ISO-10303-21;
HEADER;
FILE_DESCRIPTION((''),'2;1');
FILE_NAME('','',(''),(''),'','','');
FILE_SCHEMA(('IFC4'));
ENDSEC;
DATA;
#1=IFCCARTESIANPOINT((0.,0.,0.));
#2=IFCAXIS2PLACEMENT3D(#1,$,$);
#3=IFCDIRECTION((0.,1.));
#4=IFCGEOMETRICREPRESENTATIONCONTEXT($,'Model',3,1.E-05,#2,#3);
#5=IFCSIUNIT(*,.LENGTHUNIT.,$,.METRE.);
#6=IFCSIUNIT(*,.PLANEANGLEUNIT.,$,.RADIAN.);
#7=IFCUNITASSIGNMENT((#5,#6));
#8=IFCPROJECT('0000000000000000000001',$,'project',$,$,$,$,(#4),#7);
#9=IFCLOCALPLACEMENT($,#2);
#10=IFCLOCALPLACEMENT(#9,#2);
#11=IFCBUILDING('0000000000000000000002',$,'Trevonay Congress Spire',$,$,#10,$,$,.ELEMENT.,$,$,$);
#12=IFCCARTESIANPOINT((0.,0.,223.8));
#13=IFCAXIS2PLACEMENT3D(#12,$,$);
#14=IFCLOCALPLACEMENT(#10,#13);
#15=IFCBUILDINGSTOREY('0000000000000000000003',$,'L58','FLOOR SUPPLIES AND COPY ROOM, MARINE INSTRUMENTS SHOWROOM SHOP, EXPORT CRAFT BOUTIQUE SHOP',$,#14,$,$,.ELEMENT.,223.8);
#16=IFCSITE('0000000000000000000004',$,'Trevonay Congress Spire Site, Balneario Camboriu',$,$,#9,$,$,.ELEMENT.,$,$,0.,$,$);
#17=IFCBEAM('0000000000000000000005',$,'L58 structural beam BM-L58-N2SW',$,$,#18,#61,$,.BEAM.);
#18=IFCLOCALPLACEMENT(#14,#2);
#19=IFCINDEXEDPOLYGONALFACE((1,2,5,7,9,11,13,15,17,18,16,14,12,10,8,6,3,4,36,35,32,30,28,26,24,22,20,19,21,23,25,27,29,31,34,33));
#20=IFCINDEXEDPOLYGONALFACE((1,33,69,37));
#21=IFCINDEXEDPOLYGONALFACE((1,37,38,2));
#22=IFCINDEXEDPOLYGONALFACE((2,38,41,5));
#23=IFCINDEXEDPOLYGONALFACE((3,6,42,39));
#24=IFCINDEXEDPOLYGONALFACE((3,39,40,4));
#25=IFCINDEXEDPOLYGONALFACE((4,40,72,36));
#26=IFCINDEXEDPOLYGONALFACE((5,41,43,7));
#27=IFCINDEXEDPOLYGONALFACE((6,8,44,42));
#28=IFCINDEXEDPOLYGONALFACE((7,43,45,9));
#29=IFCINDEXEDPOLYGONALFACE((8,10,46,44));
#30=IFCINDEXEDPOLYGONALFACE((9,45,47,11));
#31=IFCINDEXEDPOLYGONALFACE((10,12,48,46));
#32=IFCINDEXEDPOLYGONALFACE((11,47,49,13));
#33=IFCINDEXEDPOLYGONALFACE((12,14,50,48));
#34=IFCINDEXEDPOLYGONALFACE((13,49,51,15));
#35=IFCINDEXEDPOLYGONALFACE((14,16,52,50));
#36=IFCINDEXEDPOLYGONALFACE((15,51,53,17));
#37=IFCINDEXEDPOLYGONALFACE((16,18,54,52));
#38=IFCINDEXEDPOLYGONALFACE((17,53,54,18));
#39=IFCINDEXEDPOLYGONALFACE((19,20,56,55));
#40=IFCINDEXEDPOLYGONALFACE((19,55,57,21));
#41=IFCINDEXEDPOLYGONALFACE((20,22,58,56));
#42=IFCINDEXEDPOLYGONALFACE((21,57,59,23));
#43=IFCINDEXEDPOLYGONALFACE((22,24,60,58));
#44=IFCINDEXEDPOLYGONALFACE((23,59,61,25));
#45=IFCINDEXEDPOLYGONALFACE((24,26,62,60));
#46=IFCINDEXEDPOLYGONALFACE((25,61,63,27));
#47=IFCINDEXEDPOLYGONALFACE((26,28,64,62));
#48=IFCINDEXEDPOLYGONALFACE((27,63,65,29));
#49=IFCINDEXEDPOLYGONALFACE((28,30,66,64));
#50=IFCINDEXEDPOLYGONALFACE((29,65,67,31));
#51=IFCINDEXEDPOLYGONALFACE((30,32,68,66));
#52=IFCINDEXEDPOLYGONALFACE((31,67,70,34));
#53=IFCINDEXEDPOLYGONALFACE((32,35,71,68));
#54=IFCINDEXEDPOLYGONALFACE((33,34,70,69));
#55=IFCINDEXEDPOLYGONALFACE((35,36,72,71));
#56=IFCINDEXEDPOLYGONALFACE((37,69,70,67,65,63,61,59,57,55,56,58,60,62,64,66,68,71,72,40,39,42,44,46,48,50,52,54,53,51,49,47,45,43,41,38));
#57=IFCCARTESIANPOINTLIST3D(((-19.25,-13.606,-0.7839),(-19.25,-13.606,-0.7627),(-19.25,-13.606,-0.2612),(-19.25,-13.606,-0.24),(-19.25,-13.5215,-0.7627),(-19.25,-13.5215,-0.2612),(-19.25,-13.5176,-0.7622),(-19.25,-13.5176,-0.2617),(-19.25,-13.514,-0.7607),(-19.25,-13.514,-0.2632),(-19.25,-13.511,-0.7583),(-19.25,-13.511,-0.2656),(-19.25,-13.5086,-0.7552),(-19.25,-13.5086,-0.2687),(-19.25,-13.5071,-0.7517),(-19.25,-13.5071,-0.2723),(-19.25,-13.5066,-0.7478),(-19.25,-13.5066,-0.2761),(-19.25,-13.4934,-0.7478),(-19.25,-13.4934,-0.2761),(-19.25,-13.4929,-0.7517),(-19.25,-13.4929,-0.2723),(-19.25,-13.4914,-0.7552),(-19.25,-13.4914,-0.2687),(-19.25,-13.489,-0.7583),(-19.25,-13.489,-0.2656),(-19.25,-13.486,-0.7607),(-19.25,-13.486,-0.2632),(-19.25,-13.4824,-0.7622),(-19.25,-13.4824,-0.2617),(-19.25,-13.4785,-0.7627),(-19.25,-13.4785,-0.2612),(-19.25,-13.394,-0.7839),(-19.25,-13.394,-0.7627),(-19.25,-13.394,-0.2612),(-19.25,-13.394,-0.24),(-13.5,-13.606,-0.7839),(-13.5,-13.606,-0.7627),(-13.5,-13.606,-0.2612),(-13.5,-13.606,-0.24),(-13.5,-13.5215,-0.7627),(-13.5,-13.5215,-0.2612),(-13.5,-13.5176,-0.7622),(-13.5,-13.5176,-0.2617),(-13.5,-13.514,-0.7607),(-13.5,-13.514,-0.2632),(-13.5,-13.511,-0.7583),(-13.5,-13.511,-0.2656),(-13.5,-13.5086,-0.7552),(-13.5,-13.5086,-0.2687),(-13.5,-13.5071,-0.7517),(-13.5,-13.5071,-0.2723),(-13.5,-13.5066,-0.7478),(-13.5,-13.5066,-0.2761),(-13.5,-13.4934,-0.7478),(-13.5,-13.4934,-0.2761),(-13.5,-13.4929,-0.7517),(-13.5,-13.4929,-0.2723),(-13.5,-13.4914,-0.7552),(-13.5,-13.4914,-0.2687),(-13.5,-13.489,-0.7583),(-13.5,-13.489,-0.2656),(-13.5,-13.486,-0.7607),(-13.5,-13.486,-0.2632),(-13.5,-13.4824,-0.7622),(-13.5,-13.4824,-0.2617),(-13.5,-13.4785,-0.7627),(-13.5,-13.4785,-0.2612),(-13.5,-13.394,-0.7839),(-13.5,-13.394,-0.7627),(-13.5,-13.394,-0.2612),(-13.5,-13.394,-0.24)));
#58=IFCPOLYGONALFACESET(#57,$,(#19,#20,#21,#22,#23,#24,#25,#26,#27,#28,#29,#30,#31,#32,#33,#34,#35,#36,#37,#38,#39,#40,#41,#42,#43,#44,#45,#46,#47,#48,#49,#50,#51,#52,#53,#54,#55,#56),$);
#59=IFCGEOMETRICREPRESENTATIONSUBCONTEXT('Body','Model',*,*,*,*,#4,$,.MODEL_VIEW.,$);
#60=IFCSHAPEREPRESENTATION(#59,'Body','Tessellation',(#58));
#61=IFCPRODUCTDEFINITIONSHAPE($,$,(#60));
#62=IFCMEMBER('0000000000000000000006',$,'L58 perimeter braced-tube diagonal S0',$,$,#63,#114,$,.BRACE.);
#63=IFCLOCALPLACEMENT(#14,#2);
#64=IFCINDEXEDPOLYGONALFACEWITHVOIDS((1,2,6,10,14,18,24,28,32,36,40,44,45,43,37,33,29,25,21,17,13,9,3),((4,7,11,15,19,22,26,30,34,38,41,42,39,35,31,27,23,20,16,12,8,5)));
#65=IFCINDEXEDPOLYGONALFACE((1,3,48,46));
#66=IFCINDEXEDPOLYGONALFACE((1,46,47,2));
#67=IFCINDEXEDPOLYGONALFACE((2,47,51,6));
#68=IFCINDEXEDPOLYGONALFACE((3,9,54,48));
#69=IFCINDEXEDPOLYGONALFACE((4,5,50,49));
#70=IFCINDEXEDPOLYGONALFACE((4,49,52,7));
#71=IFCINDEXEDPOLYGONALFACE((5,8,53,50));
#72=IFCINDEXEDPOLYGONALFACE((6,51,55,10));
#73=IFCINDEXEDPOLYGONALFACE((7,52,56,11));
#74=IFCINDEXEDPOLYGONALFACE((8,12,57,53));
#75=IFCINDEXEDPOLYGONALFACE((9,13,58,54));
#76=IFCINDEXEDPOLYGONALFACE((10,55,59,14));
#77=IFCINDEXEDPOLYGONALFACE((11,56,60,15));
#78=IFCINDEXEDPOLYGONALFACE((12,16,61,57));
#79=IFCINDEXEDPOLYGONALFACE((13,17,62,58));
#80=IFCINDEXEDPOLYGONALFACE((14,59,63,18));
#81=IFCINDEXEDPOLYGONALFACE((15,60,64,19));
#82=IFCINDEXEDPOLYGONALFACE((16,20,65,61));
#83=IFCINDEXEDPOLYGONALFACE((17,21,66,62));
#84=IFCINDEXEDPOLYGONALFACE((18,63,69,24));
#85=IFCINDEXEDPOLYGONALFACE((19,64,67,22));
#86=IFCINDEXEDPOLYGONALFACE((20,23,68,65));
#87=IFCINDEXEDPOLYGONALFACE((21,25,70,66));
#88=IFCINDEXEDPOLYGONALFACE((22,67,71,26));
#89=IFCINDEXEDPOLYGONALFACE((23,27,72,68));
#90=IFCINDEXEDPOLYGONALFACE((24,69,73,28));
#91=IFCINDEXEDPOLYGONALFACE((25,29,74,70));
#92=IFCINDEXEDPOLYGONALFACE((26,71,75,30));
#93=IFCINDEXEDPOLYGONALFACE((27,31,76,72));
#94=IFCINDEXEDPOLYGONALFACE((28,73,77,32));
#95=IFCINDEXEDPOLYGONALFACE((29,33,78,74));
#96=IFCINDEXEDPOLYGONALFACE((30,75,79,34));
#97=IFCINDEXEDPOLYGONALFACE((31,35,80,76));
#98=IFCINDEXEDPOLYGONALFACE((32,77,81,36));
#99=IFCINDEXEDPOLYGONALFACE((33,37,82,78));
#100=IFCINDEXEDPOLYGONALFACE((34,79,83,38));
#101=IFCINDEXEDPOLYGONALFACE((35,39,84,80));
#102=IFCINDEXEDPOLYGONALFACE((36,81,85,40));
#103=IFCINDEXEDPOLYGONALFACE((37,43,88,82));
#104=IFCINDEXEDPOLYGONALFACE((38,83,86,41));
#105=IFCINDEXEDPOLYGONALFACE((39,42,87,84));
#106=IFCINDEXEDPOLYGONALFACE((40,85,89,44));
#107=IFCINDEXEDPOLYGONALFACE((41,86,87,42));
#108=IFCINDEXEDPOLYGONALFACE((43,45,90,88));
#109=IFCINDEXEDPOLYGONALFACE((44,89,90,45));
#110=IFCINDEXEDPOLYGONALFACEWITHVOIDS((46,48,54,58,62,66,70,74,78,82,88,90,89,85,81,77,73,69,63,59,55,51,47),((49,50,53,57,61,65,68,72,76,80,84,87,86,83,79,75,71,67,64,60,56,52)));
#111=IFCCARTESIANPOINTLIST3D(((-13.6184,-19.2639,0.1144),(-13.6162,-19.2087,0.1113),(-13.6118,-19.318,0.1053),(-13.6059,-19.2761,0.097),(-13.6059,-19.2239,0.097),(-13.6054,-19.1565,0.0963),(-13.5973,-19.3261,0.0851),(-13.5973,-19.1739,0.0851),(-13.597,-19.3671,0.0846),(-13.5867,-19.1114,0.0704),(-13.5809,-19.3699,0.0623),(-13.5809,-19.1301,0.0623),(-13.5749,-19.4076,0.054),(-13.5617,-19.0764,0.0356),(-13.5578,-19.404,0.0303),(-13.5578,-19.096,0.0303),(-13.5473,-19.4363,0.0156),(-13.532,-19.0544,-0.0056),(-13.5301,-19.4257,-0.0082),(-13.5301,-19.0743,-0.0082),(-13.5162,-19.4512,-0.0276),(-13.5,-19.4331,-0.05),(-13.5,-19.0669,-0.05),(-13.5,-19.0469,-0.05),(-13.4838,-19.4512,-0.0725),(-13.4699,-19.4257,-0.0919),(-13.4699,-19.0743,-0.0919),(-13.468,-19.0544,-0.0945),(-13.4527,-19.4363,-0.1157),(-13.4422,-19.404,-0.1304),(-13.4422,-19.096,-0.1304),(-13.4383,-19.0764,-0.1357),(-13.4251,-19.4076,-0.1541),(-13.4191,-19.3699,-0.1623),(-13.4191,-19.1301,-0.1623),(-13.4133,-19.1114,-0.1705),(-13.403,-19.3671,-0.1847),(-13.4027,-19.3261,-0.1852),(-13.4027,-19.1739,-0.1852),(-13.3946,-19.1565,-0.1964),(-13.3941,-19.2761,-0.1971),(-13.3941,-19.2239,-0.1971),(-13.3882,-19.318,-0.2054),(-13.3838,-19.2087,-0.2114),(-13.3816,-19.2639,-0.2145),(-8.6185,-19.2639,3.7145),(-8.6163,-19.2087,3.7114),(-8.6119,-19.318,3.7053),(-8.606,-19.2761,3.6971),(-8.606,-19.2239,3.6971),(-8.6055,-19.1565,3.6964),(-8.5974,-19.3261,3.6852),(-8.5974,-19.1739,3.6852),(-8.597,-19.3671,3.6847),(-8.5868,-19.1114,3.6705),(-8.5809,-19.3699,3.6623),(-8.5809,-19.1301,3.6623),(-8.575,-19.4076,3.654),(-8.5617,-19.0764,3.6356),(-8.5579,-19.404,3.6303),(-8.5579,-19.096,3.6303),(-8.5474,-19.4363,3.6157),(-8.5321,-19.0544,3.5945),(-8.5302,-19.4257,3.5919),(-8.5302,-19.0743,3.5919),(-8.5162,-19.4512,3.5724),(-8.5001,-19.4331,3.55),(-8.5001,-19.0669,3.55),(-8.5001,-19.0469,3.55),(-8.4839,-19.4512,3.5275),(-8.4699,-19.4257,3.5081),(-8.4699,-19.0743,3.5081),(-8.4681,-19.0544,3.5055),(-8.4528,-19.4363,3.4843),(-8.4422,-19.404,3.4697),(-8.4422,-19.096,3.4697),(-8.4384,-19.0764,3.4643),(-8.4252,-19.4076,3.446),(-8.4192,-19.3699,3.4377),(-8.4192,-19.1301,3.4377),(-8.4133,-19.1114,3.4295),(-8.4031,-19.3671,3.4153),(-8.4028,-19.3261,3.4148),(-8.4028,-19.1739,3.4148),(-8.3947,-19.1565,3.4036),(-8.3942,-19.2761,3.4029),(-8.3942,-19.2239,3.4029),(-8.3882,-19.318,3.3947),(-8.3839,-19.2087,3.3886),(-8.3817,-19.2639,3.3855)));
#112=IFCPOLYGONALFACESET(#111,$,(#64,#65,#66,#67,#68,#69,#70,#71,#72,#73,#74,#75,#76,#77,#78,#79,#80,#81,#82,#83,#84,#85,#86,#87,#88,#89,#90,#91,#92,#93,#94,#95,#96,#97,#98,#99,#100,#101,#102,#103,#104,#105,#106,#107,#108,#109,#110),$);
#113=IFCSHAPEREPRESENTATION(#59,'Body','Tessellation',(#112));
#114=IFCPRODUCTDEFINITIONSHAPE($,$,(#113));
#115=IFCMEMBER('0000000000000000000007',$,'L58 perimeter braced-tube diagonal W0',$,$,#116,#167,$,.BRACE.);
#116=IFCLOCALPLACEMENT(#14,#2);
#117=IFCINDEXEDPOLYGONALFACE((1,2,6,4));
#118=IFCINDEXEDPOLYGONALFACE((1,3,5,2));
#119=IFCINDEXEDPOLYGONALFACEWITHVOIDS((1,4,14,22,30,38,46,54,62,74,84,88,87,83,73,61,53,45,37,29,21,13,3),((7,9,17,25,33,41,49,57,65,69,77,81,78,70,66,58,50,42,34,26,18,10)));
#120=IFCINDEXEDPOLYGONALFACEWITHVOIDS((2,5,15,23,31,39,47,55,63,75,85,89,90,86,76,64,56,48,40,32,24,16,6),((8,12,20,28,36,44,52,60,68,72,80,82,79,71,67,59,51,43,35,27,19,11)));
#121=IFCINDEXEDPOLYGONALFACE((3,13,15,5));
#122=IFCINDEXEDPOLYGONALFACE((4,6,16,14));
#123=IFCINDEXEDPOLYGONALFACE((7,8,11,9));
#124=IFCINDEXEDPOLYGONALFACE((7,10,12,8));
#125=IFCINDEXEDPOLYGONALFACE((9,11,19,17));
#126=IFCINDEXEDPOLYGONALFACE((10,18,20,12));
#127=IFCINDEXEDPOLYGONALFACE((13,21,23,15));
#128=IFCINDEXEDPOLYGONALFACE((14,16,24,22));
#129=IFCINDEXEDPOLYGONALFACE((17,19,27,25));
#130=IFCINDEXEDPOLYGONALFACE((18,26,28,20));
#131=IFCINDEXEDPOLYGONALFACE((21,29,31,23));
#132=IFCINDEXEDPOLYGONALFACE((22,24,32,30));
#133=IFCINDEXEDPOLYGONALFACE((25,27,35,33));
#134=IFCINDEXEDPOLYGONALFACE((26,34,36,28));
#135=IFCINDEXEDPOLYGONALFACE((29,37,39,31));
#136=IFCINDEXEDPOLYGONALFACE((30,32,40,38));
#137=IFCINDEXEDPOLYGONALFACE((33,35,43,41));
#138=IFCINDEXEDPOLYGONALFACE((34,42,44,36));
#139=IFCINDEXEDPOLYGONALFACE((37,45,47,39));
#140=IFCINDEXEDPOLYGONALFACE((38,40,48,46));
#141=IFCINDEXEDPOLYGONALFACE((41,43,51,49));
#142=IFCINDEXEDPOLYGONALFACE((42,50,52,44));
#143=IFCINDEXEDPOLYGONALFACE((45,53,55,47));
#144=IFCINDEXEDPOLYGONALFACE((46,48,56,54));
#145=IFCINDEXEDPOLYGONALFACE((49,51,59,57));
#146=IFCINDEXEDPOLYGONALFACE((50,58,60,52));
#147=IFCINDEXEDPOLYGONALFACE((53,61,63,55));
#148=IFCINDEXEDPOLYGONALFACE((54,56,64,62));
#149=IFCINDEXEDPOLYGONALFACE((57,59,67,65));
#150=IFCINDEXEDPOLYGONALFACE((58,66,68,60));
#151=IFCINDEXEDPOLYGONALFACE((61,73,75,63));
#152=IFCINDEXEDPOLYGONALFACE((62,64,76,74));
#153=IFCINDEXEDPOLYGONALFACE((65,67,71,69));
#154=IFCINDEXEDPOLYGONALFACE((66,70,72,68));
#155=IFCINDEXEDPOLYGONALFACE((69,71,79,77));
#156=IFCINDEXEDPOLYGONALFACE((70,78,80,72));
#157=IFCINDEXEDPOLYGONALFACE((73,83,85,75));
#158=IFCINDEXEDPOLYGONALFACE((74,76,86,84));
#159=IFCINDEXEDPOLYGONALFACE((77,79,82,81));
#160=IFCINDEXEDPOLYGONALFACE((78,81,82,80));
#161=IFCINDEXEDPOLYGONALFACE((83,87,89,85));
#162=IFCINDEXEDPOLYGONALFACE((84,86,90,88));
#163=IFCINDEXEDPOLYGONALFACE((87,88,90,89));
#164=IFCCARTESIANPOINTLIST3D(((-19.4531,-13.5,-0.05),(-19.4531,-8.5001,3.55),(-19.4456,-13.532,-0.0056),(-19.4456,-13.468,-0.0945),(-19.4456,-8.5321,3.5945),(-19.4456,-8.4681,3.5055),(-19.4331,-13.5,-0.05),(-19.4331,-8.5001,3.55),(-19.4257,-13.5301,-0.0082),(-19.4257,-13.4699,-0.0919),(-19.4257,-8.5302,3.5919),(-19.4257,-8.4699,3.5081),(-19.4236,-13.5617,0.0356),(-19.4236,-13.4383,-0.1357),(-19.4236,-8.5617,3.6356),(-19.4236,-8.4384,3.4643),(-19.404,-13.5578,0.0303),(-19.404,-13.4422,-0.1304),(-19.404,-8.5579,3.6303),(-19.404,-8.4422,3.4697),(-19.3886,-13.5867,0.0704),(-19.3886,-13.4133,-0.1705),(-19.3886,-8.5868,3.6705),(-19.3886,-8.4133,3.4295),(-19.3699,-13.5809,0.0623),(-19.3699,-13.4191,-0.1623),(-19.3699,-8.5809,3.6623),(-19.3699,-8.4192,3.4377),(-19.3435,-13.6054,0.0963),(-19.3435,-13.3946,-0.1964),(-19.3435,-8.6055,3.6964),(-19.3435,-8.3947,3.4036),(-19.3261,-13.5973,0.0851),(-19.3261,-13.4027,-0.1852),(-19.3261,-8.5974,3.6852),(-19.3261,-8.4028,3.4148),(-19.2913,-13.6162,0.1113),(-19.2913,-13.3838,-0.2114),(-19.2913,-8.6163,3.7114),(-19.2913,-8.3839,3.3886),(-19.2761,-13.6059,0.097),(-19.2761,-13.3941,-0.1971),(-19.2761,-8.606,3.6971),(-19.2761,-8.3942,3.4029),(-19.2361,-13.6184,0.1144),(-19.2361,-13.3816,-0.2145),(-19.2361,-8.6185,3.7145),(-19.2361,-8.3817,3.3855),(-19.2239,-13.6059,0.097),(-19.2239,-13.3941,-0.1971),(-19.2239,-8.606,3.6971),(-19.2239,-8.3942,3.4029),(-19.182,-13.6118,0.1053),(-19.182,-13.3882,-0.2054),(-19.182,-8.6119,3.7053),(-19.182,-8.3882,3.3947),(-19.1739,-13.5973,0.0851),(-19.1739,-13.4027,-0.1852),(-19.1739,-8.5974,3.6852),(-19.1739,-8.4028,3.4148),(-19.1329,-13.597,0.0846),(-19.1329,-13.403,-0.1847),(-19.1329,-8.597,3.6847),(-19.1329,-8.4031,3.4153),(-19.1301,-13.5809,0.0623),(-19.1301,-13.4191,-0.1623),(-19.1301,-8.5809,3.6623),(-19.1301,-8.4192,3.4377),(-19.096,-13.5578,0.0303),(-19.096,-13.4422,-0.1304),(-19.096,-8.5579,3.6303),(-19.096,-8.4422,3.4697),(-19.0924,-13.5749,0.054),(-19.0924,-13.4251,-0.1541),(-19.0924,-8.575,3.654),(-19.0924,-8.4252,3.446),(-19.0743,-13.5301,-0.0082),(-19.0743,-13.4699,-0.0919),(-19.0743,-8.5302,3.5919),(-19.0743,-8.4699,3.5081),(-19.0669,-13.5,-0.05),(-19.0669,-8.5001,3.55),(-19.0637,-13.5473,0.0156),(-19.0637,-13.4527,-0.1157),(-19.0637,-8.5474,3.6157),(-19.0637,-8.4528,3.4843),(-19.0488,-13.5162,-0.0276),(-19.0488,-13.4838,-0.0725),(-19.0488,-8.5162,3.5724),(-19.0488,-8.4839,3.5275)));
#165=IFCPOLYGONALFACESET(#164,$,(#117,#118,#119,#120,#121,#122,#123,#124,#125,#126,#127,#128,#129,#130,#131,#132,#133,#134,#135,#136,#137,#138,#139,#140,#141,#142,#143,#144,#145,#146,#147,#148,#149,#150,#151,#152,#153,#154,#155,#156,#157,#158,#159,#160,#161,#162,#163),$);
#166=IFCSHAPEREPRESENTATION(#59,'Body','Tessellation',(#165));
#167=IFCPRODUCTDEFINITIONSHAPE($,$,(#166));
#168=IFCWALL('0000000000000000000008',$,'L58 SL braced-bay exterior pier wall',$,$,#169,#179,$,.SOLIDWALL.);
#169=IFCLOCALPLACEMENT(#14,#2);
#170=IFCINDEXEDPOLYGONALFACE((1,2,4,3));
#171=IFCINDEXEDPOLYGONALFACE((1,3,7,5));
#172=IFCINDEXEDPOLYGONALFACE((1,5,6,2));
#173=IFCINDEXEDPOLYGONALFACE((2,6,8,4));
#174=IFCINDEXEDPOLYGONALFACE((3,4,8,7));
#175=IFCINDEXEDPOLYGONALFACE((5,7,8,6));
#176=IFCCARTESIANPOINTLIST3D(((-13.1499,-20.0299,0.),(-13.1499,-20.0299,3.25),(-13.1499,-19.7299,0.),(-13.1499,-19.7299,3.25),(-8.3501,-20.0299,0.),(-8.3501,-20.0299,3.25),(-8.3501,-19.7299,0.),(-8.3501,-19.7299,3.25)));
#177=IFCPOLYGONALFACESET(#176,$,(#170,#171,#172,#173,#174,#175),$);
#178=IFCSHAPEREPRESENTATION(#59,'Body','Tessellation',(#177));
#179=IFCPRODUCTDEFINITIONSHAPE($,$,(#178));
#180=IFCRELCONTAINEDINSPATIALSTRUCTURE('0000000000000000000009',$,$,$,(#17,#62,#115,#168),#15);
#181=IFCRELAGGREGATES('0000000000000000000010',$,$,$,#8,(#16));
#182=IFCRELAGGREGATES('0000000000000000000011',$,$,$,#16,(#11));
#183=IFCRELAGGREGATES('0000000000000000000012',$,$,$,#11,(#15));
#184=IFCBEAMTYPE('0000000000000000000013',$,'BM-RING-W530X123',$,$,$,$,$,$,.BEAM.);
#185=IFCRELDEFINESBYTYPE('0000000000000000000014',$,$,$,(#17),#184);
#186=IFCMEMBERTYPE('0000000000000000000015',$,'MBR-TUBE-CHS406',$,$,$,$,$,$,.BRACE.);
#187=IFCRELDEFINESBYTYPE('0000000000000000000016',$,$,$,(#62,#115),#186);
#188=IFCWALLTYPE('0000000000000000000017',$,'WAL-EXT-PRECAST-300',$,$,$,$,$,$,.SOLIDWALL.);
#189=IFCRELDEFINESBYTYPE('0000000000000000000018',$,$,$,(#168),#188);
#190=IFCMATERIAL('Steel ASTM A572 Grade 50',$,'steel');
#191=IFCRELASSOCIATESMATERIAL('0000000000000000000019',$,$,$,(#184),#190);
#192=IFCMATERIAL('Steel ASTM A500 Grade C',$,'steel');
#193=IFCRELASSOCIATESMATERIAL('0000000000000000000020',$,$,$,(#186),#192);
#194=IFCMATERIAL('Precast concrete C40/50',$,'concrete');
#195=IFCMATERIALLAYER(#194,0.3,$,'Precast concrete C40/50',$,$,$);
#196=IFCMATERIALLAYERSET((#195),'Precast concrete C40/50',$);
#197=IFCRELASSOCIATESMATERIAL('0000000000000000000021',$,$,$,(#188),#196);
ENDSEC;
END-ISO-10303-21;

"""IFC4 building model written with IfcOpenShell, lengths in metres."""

from ifc_helpers import new_model, si_unit, direction, frame, frame_2d, origin, origin_2d, place, context, subcontext, project, spatial, rectangle, hollow_circle, i_section, extrude, material, layer, layer_set, material_profile, profile_set, type_object, element, save


model = new_model("IFC4")

# Units and contexts
model_context = context("Model", 3, precision=1e-05, world=origin(), true_north=direction((0.0, 1.0)))
body_context = subcontext(model_context, "Body", "Model", "MODEL_VIEW")
ifc_project = project(units=[si_unit("LENGTHUNIT", "METRE"), si_unit("PLANEANGLEUNIT", "RADIAN")], contexts=[model_context])

# Site, building, storey
site_placement = place(None, origin())
site = spatial("IfcSite", under=ifc_project, at=site_placement, Name="Trevonay Congress Spire Site, Balneario Camboriu", CompositionType="ELEMENT", RefElevation=0.0)
building_placement = place(site_placement, origin())
building = spatial("IfcBuilding", under=site, at=building_placement, Name="Trevonay Congress Spire", CompositionType="ELEMENT")
storey_placement = place(building_placement, frame((0.0, 0.0, 223.8)))
storey = spatial("IfcBuildingStorey", under=building, at=storey_placement, Name="L58", Description="FLOOR SUPPLIES AND COPY ROOM, MARINE INSTRUMENTS SHOWROOM SHOP, EXPORT CRAFT BOUTIQUE SHOP", CompositionType="ELEMENT", Elevation=223.8)

# Shared definitions
ifc_material_1 = material(Name="Steel ASTM A572 Grade 50", Category="steel")

# Beam
ifc_material_profile_1 = material_profile(ifc_material_1, i_section(OverallWidth=0.2119, OverallDepth=0.5439, WebThickness=0.0132, FlangeThickness=0.0212, FilletRadius=0.0149, at=origin_2d()), Name="W530x123")
ifc_profile_set_1 = profile_set([ifc_material_profile_1], Name="Steel ASTM A572 Grade 50")
beam_type = type_object("IfcBeamType", Name="BM-RING-W530X123", PredefinedType="BEAM", material=ifc_profile_set_1)
for number, where, z_axis, x_axis, name in (
    (1, (-19.25, -13.5, -0.512), (1.0, 0.0, 0.0), (0.0, 1.0, 0.0), "L58 structural beam BM-L58-N2SW"),
):
    element("IfcBeam", number, at=place(storey_placement, frame(where, z_axis=z_axis, x_axis=x_axis)), inside=storey, type_object=beam_type, Name=name, PredefinedType="BEAM", context=body_context, shape_type="SweptSolid", body=[
        extrude(i_section(OverallWidth=0.2119, OverallDepth=0.5439, WebThickness=0.0132, FlangeThickness=0.0212, FilletRadius=0.0149, at=origin_2d()), origin(), (0.0, 0.0, 1.0), 5.75),
    ])

# Members
ifc_material_2 = material(Name="Steel ASTM A500 Grade C", Category="steel")
ifc_material_profile_2 = material_profile(ifc_material_2, hollow_circle(Radius=0.2031, WallThickness=0.02, at=origin_2d()), Name="CHS 406.4x20")
ifc_profile_set_2 = profile_set([ifc_material_profile_2], Name="Steel ASTM A500 Grade C")
member_type = type_object("IfcMemberType", Name="MBR-TUBE-CHS406", PredefinedType="BRACE", material=ifc_profile_set_2)
for number, where, z_axis, x_axis, name in (
    (2, (-13.5, -19.25, -0.05), (0.811527, 0.0, 0.584315), (0.0, 1.0, 0.0), "L58 perimeter braced-tube diagonal S0"),
    (3, (-19.25, -13.5, -0.05), (0.0, 0.811527, 0.584315), (-1.0, 0.0, 0.0), "L58 perimeter braced-tube diagonal W0"),
):
    element("IfcMember", number, at=place(storey_placement, frame(where, z_axis=z_axis, x_axis=x_axis)), inside=storey, type_object=member_type, Name=name, PredefinedType="BRACE", context=body_context, shape_type="SweptSolid", body=[
        extrude(hollow_circle(Radius=0.2031, WallThickness=0.02, at=origin_2d()), origin(), (0.0, 0.0, 1.0), 6.1611),
    ])

# Wall
ifc_material_3 = material(Name="Precast concrete C40/50", Category="concrete")
ifc_layer_1 = layer(ifc_material_3, 0.3, Name="Precast concrete C40/50")
ifc_layer_set_1 = layer_set([ifc_layer_1], Name="Precast concrete C40/50")
wall_type_1 = type_object("IfcWallType", Name="WAL-EXT-PRECAST-300", PredefinedType="SOLIDWALL", material=ifc_layer_set_1)
wall_1_placement = place(storey_placement, frame((-13.1499, -19.8799, 0.0), z_axis=(0.0, 0.0, 1.0), x_axis=(1.0, 0.0, 0.0)))
element("IfcWall", 4, at=wall_1_placement, inside=storey, type_object=wall_type_1, Name="L58 SL braced-bay exterior pier wall", PredefinedType="SOLIDWALL", context=body_context, shape_type="SweptSolid", body=[
    extrude(rectangle(XDim=4.7998, YDim=0.3, at=frame_2d((2.3999, 0.0))), origin(), (0.0, 0.0, 1.0), 3.25),
])

save(model, "model.ifc")
